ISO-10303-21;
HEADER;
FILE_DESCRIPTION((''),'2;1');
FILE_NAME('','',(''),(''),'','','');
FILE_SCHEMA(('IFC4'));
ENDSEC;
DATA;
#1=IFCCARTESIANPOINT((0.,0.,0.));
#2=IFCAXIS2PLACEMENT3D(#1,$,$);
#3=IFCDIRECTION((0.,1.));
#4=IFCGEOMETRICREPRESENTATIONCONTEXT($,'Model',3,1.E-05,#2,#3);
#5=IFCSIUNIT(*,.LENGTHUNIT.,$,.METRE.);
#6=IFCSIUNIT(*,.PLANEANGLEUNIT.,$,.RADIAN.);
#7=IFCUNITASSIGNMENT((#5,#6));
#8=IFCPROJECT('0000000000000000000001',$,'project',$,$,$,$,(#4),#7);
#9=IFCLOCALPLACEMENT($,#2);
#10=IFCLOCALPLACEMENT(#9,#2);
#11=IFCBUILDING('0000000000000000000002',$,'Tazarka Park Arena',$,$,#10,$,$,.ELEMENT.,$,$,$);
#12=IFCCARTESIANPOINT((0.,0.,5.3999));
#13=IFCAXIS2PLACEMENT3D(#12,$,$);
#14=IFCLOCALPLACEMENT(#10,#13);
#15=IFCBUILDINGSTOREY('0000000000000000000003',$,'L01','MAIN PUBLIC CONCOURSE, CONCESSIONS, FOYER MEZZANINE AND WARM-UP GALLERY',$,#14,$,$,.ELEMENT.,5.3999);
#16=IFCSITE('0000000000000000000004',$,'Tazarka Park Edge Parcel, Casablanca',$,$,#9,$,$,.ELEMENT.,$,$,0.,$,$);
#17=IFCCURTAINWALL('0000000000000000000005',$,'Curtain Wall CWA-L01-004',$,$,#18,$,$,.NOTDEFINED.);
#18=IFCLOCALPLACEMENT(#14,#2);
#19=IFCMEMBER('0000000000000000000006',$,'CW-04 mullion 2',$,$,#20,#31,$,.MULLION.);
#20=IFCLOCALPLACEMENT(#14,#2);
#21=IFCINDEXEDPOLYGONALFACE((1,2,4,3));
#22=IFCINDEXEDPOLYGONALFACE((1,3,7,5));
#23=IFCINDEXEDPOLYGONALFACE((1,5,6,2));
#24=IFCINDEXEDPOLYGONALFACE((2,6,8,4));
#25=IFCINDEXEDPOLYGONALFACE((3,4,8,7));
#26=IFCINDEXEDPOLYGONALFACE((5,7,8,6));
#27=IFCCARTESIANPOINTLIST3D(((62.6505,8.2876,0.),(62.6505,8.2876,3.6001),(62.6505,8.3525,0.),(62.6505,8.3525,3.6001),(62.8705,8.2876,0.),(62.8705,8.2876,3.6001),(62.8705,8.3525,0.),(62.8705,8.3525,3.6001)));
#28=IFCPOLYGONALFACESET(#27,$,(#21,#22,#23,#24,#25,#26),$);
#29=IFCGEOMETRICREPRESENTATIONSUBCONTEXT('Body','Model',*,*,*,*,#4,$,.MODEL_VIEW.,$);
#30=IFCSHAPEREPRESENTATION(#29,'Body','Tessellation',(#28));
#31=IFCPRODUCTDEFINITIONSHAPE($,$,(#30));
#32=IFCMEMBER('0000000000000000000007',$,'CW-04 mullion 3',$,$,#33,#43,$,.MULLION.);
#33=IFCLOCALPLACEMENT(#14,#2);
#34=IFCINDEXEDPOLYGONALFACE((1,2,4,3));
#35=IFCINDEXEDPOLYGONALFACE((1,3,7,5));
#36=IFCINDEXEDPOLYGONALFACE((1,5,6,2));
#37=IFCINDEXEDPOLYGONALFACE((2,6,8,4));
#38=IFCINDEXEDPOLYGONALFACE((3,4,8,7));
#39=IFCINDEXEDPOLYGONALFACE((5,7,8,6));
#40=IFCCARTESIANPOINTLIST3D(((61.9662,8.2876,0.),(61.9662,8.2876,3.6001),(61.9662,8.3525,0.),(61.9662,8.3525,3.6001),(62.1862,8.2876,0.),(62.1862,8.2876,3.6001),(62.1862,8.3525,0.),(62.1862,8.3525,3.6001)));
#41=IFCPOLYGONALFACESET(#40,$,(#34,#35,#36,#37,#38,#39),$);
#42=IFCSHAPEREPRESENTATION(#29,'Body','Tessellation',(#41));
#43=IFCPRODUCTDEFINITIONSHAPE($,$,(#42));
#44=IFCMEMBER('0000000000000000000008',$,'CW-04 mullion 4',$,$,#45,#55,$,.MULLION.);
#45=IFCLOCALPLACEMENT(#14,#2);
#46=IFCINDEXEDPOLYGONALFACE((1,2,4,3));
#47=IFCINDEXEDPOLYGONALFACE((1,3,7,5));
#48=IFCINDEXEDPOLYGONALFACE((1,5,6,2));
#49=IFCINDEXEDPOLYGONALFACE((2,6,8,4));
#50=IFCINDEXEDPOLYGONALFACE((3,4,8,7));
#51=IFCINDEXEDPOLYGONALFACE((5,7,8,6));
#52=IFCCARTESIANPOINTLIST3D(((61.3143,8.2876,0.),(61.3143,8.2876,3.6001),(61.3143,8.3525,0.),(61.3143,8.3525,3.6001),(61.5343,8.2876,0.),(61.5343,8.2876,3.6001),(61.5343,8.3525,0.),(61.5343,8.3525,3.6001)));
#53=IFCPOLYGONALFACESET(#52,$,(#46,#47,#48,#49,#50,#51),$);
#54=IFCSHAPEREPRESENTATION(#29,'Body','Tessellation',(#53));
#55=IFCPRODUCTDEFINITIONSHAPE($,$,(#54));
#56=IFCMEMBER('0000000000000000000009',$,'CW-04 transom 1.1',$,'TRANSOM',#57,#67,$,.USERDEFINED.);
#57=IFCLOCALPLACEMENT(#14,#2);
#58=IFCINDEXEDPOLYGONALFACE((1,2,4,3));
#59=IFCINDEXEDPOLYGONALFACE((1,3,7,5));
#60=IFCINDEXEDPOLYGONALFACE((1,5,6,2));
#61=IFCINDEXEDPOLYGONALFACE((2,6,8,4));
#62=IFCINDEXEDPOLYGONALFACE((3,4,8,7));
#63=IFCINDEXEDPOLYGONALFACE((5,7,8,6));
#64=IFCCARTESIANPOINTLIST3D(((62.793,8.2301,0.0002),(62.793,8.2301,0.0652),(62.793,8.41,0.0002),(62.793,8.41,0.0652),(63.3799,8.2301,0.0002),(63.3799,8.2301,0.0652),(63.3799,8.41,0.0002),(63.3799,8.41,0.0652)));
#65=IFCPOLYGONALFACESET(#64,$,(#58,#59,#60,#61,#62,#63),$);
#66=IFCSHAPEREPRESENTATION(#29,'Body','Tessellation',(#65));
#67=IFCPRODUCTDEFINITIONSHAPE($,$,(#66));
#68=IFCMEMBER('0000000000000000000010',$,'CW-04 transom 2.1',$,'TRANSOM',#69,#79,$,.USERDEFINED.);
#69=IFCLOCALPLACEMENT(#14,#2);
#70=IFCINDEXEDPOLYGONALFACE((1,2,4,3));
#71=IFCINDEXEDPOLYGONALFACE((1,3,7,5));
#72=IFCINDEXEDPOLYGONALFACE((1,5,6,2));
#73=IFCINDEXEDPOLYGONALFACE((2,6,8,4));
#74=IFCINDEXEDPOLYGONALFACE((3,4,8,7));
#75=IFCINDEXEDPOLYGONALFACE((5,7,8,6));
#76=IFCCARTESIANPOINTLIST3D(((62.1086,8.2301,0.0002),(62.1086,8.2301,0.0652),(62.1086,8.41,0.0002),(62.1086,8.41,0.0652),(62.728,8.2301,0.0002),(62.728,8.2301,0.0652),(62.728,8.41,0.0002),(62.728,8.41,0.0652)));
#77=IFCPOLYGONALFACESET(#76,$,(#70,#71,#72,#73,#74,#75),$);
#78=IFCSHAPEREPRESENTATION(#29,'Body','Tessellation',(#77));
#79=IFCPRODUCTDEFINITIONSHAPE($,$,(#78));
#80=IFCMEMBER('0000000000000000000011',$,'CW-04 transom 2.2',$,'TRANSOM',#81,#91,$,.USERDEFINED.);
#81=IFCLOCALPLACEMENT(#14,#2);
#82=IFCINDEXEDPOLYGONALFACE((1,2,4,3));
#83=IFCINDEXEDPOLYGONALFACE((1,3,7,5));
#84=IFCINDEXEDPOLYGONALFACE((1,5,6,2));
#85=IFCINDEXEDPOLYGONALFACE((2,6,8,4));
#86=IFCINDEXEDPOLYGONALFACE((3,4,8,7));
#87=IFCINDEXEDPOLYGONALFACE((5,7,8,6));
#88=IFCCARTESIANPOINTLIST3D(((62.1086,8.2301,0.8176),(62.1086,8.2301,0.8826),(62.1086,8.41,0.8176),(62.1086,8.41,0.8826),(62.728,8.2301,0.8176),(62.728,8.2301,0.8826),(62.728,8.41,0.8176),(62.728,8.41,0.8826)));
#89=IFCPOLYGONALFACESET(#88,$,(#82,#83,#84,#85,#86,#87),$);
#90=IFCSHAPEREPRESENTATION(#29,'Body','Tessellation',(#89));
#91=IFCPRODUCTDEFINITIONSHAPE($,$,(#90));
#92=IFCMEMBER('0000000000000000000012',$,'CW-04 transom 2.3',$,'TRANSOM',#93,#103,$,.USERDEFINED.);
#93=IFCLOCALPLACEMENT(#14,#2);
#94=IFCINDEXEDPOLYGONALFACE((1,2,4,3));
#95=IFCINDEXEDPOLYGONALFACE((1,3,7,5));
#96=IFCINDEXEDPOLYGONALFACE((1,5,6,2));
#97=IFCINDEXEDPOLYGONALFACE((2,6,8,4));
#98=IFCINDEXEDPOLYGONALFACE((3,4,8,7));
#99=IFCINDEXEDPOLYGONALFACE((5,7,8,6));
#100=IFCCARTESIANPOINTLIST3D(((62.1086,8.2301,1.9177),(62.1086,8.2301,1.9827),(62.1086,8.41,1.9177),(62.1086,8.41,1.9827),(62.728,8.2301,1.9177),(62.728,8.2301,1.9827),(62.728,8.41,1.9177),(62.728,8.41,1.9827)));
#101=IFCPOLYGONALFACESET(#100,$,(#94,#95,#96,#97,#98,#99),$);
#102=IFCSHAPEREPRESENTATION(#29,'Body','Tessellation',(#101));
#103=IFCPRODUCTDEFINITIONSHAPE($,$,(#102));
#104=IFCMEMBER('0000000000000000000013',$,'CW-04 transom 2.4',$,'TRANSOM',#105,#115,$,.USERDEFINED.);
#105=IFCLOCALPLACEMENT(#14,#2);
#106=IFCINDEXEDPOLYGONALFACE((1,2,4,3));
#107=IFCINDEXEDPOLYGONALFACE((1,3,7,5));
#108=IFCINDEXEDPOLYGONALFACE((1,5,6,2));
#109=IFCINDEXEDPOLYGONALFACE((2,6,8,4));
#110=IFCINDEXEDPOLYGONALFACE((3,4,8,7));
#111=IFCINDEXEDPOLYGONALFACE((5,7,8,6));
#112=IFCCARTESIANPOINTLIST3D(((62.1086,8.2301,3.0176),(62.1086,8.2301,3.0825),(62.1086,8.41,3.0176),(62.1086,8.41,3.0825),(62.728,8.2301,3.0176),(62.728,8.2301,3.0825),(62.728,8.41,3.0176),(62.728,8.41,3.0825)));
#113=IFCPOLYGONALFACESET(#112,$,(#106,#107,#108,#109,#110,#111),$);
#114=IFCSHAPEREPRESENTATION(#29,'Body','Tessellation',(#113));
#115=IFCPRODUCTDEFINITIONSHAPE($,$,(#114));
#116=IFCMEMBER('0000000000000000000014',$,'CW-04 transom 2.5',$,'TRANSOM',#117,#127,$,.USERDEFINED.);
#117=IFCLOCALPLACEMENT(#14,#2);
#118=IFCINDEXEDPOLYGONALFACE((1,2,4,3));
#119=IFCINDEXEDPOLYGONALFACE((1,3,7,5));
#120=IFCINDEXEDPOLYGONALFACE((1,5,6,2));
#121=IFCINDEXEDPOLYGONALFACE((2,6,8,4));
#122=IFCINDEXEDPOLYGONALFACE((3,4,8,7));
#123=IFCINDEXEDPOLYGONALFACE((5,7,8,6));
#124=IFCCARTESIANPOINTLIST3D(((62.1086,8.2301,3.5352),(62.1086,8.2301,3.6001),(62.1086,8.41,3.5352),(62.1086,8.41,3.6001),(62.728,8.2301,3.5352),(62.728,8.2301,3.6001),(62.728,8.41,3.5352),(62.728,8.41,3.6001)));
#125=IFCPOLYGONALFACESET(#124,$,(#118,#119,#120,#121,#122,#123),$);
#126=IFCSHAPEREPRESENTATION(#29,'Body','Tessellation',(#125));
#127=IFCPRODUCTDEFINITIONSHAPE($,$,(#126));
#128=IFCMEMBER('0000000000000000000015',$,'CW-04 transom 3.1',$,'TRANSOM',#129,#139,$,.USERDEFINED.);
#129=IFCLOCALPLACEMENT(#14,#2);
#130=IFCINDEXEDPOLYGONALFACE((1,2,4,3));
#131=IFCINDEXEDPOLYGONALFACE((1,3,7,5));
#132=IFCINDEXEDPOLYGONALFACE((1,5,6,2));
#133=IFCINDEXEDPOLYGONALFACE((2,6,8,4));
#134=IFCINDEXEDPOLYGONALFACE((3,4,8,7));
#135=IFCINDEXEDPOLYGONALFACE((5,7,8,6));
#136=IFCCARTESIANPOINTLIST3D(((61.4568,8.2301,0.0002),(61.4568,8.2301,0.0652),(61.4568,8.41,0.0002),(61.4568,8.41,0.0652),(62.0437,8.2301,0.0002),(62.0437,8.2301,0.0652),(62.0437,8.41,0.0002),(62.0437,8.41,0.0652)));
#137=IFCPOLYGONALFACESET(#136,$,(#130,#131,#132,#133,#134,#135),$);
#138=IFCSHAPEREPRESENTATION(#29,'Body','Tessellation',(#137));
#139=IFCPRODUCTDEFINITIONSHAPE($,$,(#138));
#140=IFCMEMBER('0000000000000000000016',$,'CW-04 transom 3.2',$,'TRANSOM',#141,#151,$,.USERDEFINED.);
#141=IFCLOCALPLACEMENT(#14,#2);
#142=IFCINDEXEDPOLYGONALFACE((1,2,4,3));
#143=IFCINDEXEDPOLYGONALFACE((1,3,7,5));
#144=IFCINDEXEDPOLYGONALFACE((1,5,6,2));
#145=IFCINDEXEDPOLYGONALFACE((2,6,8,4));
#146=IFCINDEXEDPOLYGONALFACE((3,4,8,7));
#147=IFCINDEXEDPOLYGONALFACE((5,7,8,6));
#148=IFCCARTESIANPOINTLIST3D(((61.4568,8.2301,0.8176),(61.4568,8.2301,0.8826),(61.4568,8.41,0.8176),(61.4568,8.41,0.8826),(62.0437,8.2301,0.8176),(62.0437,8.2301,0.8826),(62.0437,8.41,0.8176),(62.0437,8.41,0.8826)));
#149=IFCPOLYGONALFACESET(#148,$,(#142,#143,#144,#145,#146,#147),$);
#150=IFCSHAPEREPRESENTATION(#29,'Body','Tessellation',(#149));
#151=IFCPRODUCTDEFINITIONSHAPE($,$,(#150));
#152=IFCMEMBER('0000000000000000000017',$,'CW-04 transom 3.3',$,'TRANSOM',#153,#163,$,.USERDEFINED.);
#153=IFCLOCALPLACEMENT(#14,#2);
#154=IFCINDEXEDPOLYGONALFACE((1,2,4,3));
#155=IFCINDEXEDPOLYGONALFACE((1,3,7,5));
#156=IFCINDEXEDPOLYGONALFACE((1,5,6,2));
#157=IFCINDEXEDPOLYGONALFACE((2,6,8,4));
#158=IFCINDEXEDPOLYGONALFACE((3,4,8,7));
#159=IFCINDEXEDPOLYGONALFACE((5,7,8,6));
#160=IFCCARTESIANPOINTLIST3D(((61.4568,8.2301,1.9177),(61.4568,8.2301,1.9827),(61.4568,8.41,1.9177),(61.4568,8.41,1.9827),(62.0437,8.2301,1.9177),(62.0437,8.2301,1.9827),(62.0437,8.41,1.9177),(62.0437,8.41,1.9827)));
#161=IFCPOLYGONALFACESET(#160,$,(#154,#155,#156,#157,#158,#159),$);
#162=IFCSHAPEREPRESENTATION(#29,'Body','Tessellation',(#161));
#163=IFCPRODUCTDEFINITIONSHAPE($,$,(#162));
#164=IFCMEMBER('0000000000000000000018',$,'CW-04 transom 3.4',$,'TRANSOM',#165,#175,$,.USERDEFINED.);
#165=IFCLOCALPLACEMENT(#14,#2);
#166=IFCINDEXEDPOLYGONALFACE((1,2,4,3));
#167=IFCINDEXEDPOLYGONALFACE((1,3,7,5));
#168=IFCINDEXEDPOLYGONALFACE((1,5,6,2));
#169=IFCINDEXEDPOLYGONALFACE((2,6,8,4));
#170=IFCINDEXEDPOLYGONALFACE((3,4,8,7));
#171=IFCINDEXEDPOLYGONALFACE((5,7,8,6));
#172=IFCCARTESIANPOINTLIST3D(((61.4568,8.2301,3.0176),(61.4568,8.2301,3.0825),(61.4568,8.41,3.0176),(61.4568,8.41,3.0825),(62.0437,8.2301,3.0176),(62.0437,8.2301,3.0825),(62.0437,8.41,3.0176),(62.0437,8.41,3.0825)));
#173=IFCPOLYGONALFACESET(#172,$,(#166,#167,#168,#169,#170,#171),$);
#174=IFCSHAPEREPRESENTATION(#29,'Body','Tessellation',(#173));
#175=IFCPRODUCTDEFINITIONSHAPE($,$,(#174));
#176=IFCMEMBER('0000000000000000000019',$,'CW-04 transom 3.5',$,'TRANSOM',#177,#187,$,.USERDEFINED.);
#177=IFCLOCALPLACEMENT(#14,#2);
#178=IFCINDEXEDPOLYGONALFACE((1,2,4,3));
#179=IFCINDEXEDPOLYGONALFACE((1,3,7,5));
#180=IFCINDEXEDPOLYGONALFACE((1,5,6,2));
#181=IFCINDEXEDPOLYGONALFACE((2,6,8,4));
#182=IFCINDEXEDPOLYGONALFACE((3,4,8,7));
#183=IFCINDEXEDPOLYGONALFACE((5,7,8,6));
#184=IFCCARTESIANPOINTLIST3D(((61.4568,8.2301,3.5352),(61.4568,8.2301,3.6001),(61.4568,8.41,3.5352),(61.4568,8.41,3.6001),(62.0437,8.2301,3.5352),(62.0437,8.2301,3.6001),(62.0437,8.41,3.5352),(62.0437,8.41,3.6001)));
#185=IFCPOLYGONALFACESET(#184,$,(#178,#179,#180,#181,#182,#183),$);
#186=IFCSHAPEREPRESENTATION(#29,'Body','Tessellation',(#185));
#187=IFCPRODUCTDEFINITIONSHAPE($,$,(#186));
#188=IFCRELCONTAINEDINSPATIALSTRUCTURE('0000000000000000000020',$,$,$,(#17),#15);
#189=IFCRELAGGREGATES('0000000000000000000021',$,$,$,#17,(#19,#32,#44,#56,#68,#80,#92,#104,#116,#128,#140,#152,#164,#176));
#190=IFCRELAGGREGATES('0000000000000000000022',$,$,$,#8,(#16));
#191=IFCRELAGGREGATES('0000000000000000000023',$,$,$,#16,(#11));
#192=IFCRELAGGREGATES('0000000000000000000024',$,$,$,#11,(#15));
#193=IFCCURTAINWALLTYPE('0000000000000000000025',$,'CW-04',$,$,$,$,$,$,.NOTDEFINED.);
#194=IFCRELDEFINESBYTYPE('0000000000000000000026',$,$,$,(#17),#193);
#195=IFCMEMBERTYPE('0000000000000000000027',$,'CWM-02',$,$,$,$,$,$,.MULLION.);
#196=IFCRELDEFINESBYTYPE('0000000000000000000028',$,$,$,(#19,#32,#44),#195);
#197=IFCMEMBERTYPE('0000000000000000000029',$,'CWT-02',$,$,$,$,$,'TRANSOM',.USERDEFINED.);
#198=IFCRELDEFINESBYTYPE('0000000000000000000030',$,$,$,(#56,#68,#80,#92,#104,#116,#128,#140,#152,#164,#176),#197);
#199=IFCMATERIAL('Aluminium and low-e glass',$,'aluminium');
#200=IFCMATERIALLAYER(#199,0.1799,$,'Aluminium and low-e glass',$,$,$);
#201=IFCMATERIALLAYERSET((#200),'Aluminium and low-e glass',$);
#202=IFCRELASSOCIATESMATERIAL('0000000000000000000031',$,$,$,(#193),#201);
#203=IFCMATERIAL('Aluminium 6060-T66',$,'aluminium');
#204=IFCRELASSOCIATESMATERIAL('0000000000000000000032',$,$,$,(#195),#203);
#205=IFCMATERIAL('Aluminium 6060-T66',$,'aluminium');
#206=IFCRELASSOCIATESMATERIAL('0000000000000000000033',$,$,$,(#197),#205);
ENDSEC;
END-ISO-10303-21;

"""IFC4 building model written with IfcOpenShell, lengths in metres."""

from ifc_helpers import new_model, si_unit, direction, frame, origin, origin_2d, place, context, subcontext, project, spatial, rectangle, extrude, material, layer, layer_set, material_profile, profile_set, type_object, element, aggregate, save


model = new_model("IFC4")

# Units and contexts
model_context = context("Model", 3, precision=1e-05, world=origin(), true_north=direction((0.0, 1.0)))
body_context = subcontext(model_context, "Body", "Model", "MODEL_VIEW")
ifc_project = project(units=[si_unit("LENGTHUNIT", "METRE"), si_unit("PLANEANGLEUNIT", "RADIAN")], contexts=[model_context])

# Site, building, storey
site_placement = place(None, origin())
site = spatial("IfcSite", under=ifc_project, at=site_placement, Name="Tazarka Park Edge Parcel, Casablanca", CompositionType="ELEMENT", RefElevation=0.0)
building_placement = place(site_placement, origin())
building = spatial("IfcBuilding", under=site, at=building_placement, Name="Tazarka Park Arena", CompositionType="ELEMENT")
storey_placement = place(building_placement, frame((0.0, 0.0, 5.3999)))
storey = spatial("IfcBuildingStorey", under=building, at=storey_placement, Name="L01", Description="MAIN PUBLIC CONCOURSE, CONCESSIONS, FOYER MEZZANINE AND WARM-UP GALLERY", CompositionType="ELEMENT", Elevation=5.3999)

# Curtain wall, members
ifc_material_1 = material(Name="Aluminium and low-e glass", Category="aluminium")
ifc_layer_1 = layer(ifc_material_1, 0.1799, Name="Aluminium and low-e glass")
ifc_layer_set_1 = layer_set([ifc_layer_1], Name="Aluminium and low-e glass")
curtain_wall_type = type_object("IfcCurtainWallType", Name="CW-04", PredefinedType="NOTDEFINED", material=ifc_layer_set_1)
curtain_wall_placement = place(storey_placement, origin())
curtain_wall = element("IfcCurtainWall", 1, at=curtain_wall_placement, inside=storey, type_object=curtain_wall_type, Name="Curtain Wall CWA-L01-004", PredefinedType="NOTDEFINED")
ifc_material_2 = material(Name="Aluminium 6060-T66", Category="aluminium")
ifc_material_profile_1 = material_profile(ifc_material_2, rectangle(XDim=0.0649, YDim=0.22, at=origin_2d()), Name="Aluminium 6060-T66")
ifc_profile_set_1 = profile_set([ifc_material_profile_1], Name="Aluminium 6060-T66")
member_type_1 = type_object("IfcMemberType", Name="CWM-02", PredefinedType="MULLION", material=ifc_profile_set_1)
member_1_placement = place(storey_placement, frame((62.7605, 8.3201, 0.0), z_axis=(0.0, 0.0, 1.0), x_axis=(0.0, -1.0, 0.0)))
member_1 = element("IfcMember", 2, at=member_1_placement, type_object=member_type_1, Name="CW-04 mullion 2", PredefinedType="MULLION", context=body_context, shape_type="SweptSolid", body=[
    extrude(rectangle(XDim=0.0649, YDim=0.22, at=origin_2d()), origin(), (0.0, 0.0, 1.0), 3.6001),
])
member_2_placement = place(storey_placement, frame((62.0762, 8.3201, 0.0), z_axis=(0.0, 0.0, 1.0), x_axis=(0.0, -1.0, 0.0)))
member_2 = element("IfcMember", 3, at=member_2_placement, type_object=member_type_1, Name="CW-04 mullion 3", PredefinedType="MULLION", context=body_context, shape_type="SweptSolid", body=[
    extrude(rectangle(XDim=0.0649, YDim=0.22, at=origin_2d()), origin(), (0.0, 0.0, 1.0), 3.6001),
])
member_3_placement = place(storey_placement, frame((61.4243, 8.3201, 0.0), z_axis=(0.0, 0.0, 1.0), x_axis=(0.0, -1.0, 0.0)))
member_3 = element("IfcMember", 4, at=member_3_placement, type_object=member_type_1, Name="CW-04 mullion 4", PredefinedType="MULLION", context=body_context, shape_type="SweptSolid", body=[
    extrude(rectangle(XDim=0.0649, YDim=0.22, at=origin_2d()), origin(), (0.0, 0.0, 1.0), 3.6001),
])
ifc_material_3 = material(Name="Aluminium 6060-T66", Category="aluminium")
ifc_material_profile_2 = material_profile(ifc_material_3, rectangle(XDim=0.1799, YDim=0.0649, at=origin_2d()), Name="Aluminium 6060-T66")
ifc_profile_set_2 = profile_set([ifc_material_profile_2], Name="Aluminium 6060-T66")
member_type_2 = type_object("IfcMemberType", Name="CWT-02", ElementType="TRANSOM", PredefinedType="USERDEFINED", material=ifc_profile_set_2)
member_4_placement = place(storey_placement, frame((63.3799, 8.3201, 0.0327), z_axis=(-1.0, 0.0, 0.0), x_axis=(0.0, -1.0, 0.0)))
member_4 = element("IfcMember", 5, at=member_4_placement, type_object=member_type_2, Name="CW-04 transom 1.1", ObjectType="TRANSOM", PredefinedType="USERDEFINED", context=body_context, shape_type="SweptSolid", body=[
    extrude(rectangle(XDim=0.1799, YDim=0.0649, at=origin_2d()), origin(), (0.0, 0.0, 1.0), 0.5869),
])
member_5_placement = place(storey_placement, frame((62.728, 8.3201, 0.0327), z_axis=(-1.0, 0.0, 0.0), x_axis=(0.0, -1.0, 0.0)))
member_5 = element("IfcMember", 6, at=member_5_placement, type_object=member_type_2, Name="CW-04 transom 2.1", ObjectType="TRANSOM", PredefinedType="USERDEFINED", context=body_context, shape_type="SweptSolid", body=[
    extrude(rectangle(XDim=0.1799, YDim=0.0649, at=origin_2d()), origin(), (0.0, 0.0, 1.0), 0.6194),
])
member_6_placement = place(storey_placement, frame((62.728, 8.3201, 0.8501), z_axis=(-1.0, 0.0, 0.0), x_axis=(0.0, -1.0, 0.0)))
member_6 = element("IfcMember", 7, at=member_6_placement, type_object=member_type_2, Name="CW-04 transom 2.2", ObjectType="TRANSOM", PredefinedType="USERDEFINED", context=body_context, shape_type="SweptSolid", body=[
    extrude(rectangle(XDim=0.1799, YDim=0.0649, at=origin_2d()), origin(), (0.0, 0.0, 1.0), 0.6194),
])
member_7_placement = place(storey_placement, frame((62.728, 8.3201, 1.9502), z_axis=(-1.0, 0.0, 0.0), x_axis=(0.0, -1.0, 0.0)))
member_7 = element("IfcMember", 8, at=member_7_placement, type_object=member_type_2, Name="CW-04 transom 2.3", ObjectType="TRANSOM", PredefinedType="USERDEFINED", context=body_context, shape_type="SweptSolid", body=[
    extrude(rectangle(XDim=0.1799, YDim=0.0649, at=origin_2d()), origin(), (0.0, 0.0, 1.0), 0.6194),
])
member_8_placement = place(storey_placement, frame((62.728, 8.3201, 3.05), z_axis=(-1.0, 0.0, 0.0), x_axis=(0.0, -1.0, 0.0)))
member_8 = element("IfcMember", 9, at=member_8_placement, type_object=member_type_2, Name="CW-04 transom 2.4", ObjectType="TRANSOM", PredefinedType="USERDEFINED", context=body_context, shape_type="SweptSolid", body=[
    extrude(rectangle(XDim=0.1799, YDim=0.0649, at=origin_2d()), origin(), (0.0, 0.0, 1.0), 0.6194),
])
member_9_placement = place(storey_placement, frame((62.728, 8.3201, 3.5676), z_axis=(-1.0, 0.0, 0.0), x_axis=(0.0, -1.0, 0.0)))
member_9 = element("IfcMember", 10, at=member_9_placement, type_object=member_type_2, Name="CW-04 transom 2.5", ObjectType="TRANSOM", PredefinedType="USERDEFINED", context=body_context, shape_type="SweptSolid", body=[
    extrude(rectangle(XDim=0.1799, YDim=0.0649, at=origin_2d()), origin(), (0.0, 0.0, 1.0), 0.6194),
])
member_10_placement = place(storey_placement, frame((62.0437, 8.3201, 0.0327), z_axis=(-1.0, 0.0, 0.0), x_axis=(0.0, -1.0, 0.0)))
member_10 = element("IfcMember", 11, at=member_10_placement, type_object=member_type_2, Name="CW-04 transom 3.1", ObjectType="TRANSOM", PredefinedType="USERDEFINED", context=body_context, shape_type="SweptSolid", body=[
    extrude(rectangle(XDim=0.1799, YDim=0.0649, at=origin_2d()), origin(), (0.0, 0.0, 1.0), 0.5869),
])
member_11_placement = place(storey_placement, frame((62.0437, 8.3201, 0.8501), z_axis=(-1.0, 0.0, 0.0), x_axis=(0.0, -1.0, 0.0)))
member_11 = element("IfcMember", 12, at=member_11_placement, type_object=member_type_2, Name="CW-04 transom 3.2", ObjectType="TRANSOM", PredefinedType="USERDEFINED", context=body_context, shape_type="SweptSolid", body=[
    extrude(rectangle(XDim=0.1799, YDim=0.0649, at=origin_2d()), origin(), (0.0, 0.0, 1.0), 0.5869),
])
member_12_placement = place(storey_placement, frame((62.0437, 8.3201, 1.9502), z_axis=(-1.0, 0.0, 0.0), x_axis=(0.0, -1.0, 0.0)))
member_12 = element("IfcMember", 13, at=member_12_placement, type_object=member_type_2, Name="CW-04 transom 3.3", ObjectType="TRANSOM", PredefinedType="USERDEFINED", context=body_context, shape_type="SweptSolid", body=[
    extrude(rectangle(XDim=0.1799, YDim=0.0649, at=origin_2d()), origin(), (0.0, 0.0, 1.0), 0.5869),
])
member_13_placement = place(storey_placement, frame((62.0437, 8.3201, 3.05), z_axis=(-1.0, 0.0, 0.0), x_axis=(0.0, -1.0, 0.0)))
member_13 = element("IfcMember", 14, at=member_13_placement, type_object=member_type_2, Name="CW-04 transom 3.4", ObjectType="TRANSOM", PredefinedType="USERDEFINED", context=body_context, shape_type="SweptSolid", body=[
    extrude(rectangle(XDim=0.1799, YDim=0.0649, at=origin_2d()), origin(), (0.0, 0.0, 1.0), 0.5869),
])
member_14_placement = place(storey_placement, frame((62.0437, 8.3201, 3.5676), z_axis=(-1.0, 0.0, 0.0), x_axis=(0.0, -1.0, 0.0)))
member_14 = element("IfcMember", 15, at=member_14_placement, type_object=member_type_2, Name="CW-04 transom 3.5", ObjectType="TRANSOM", PredefinedType="USERDEFINED", context=body_context, shape_type="SweptSolid", body=[
    extrude(rectangle(XDim=0.1799, YDim=0.0649, at=origin_2d()), origin(), (0.0, 0.0, 1.0), 0.5869),
])
aggregate(curtain_wall, [member_1, member_2, member_3, member_4, member_5, member_6, member_7, member_8, member_9, member_10, member_11, member_12, member_13, member_14])

save(model, "model.ifc")
